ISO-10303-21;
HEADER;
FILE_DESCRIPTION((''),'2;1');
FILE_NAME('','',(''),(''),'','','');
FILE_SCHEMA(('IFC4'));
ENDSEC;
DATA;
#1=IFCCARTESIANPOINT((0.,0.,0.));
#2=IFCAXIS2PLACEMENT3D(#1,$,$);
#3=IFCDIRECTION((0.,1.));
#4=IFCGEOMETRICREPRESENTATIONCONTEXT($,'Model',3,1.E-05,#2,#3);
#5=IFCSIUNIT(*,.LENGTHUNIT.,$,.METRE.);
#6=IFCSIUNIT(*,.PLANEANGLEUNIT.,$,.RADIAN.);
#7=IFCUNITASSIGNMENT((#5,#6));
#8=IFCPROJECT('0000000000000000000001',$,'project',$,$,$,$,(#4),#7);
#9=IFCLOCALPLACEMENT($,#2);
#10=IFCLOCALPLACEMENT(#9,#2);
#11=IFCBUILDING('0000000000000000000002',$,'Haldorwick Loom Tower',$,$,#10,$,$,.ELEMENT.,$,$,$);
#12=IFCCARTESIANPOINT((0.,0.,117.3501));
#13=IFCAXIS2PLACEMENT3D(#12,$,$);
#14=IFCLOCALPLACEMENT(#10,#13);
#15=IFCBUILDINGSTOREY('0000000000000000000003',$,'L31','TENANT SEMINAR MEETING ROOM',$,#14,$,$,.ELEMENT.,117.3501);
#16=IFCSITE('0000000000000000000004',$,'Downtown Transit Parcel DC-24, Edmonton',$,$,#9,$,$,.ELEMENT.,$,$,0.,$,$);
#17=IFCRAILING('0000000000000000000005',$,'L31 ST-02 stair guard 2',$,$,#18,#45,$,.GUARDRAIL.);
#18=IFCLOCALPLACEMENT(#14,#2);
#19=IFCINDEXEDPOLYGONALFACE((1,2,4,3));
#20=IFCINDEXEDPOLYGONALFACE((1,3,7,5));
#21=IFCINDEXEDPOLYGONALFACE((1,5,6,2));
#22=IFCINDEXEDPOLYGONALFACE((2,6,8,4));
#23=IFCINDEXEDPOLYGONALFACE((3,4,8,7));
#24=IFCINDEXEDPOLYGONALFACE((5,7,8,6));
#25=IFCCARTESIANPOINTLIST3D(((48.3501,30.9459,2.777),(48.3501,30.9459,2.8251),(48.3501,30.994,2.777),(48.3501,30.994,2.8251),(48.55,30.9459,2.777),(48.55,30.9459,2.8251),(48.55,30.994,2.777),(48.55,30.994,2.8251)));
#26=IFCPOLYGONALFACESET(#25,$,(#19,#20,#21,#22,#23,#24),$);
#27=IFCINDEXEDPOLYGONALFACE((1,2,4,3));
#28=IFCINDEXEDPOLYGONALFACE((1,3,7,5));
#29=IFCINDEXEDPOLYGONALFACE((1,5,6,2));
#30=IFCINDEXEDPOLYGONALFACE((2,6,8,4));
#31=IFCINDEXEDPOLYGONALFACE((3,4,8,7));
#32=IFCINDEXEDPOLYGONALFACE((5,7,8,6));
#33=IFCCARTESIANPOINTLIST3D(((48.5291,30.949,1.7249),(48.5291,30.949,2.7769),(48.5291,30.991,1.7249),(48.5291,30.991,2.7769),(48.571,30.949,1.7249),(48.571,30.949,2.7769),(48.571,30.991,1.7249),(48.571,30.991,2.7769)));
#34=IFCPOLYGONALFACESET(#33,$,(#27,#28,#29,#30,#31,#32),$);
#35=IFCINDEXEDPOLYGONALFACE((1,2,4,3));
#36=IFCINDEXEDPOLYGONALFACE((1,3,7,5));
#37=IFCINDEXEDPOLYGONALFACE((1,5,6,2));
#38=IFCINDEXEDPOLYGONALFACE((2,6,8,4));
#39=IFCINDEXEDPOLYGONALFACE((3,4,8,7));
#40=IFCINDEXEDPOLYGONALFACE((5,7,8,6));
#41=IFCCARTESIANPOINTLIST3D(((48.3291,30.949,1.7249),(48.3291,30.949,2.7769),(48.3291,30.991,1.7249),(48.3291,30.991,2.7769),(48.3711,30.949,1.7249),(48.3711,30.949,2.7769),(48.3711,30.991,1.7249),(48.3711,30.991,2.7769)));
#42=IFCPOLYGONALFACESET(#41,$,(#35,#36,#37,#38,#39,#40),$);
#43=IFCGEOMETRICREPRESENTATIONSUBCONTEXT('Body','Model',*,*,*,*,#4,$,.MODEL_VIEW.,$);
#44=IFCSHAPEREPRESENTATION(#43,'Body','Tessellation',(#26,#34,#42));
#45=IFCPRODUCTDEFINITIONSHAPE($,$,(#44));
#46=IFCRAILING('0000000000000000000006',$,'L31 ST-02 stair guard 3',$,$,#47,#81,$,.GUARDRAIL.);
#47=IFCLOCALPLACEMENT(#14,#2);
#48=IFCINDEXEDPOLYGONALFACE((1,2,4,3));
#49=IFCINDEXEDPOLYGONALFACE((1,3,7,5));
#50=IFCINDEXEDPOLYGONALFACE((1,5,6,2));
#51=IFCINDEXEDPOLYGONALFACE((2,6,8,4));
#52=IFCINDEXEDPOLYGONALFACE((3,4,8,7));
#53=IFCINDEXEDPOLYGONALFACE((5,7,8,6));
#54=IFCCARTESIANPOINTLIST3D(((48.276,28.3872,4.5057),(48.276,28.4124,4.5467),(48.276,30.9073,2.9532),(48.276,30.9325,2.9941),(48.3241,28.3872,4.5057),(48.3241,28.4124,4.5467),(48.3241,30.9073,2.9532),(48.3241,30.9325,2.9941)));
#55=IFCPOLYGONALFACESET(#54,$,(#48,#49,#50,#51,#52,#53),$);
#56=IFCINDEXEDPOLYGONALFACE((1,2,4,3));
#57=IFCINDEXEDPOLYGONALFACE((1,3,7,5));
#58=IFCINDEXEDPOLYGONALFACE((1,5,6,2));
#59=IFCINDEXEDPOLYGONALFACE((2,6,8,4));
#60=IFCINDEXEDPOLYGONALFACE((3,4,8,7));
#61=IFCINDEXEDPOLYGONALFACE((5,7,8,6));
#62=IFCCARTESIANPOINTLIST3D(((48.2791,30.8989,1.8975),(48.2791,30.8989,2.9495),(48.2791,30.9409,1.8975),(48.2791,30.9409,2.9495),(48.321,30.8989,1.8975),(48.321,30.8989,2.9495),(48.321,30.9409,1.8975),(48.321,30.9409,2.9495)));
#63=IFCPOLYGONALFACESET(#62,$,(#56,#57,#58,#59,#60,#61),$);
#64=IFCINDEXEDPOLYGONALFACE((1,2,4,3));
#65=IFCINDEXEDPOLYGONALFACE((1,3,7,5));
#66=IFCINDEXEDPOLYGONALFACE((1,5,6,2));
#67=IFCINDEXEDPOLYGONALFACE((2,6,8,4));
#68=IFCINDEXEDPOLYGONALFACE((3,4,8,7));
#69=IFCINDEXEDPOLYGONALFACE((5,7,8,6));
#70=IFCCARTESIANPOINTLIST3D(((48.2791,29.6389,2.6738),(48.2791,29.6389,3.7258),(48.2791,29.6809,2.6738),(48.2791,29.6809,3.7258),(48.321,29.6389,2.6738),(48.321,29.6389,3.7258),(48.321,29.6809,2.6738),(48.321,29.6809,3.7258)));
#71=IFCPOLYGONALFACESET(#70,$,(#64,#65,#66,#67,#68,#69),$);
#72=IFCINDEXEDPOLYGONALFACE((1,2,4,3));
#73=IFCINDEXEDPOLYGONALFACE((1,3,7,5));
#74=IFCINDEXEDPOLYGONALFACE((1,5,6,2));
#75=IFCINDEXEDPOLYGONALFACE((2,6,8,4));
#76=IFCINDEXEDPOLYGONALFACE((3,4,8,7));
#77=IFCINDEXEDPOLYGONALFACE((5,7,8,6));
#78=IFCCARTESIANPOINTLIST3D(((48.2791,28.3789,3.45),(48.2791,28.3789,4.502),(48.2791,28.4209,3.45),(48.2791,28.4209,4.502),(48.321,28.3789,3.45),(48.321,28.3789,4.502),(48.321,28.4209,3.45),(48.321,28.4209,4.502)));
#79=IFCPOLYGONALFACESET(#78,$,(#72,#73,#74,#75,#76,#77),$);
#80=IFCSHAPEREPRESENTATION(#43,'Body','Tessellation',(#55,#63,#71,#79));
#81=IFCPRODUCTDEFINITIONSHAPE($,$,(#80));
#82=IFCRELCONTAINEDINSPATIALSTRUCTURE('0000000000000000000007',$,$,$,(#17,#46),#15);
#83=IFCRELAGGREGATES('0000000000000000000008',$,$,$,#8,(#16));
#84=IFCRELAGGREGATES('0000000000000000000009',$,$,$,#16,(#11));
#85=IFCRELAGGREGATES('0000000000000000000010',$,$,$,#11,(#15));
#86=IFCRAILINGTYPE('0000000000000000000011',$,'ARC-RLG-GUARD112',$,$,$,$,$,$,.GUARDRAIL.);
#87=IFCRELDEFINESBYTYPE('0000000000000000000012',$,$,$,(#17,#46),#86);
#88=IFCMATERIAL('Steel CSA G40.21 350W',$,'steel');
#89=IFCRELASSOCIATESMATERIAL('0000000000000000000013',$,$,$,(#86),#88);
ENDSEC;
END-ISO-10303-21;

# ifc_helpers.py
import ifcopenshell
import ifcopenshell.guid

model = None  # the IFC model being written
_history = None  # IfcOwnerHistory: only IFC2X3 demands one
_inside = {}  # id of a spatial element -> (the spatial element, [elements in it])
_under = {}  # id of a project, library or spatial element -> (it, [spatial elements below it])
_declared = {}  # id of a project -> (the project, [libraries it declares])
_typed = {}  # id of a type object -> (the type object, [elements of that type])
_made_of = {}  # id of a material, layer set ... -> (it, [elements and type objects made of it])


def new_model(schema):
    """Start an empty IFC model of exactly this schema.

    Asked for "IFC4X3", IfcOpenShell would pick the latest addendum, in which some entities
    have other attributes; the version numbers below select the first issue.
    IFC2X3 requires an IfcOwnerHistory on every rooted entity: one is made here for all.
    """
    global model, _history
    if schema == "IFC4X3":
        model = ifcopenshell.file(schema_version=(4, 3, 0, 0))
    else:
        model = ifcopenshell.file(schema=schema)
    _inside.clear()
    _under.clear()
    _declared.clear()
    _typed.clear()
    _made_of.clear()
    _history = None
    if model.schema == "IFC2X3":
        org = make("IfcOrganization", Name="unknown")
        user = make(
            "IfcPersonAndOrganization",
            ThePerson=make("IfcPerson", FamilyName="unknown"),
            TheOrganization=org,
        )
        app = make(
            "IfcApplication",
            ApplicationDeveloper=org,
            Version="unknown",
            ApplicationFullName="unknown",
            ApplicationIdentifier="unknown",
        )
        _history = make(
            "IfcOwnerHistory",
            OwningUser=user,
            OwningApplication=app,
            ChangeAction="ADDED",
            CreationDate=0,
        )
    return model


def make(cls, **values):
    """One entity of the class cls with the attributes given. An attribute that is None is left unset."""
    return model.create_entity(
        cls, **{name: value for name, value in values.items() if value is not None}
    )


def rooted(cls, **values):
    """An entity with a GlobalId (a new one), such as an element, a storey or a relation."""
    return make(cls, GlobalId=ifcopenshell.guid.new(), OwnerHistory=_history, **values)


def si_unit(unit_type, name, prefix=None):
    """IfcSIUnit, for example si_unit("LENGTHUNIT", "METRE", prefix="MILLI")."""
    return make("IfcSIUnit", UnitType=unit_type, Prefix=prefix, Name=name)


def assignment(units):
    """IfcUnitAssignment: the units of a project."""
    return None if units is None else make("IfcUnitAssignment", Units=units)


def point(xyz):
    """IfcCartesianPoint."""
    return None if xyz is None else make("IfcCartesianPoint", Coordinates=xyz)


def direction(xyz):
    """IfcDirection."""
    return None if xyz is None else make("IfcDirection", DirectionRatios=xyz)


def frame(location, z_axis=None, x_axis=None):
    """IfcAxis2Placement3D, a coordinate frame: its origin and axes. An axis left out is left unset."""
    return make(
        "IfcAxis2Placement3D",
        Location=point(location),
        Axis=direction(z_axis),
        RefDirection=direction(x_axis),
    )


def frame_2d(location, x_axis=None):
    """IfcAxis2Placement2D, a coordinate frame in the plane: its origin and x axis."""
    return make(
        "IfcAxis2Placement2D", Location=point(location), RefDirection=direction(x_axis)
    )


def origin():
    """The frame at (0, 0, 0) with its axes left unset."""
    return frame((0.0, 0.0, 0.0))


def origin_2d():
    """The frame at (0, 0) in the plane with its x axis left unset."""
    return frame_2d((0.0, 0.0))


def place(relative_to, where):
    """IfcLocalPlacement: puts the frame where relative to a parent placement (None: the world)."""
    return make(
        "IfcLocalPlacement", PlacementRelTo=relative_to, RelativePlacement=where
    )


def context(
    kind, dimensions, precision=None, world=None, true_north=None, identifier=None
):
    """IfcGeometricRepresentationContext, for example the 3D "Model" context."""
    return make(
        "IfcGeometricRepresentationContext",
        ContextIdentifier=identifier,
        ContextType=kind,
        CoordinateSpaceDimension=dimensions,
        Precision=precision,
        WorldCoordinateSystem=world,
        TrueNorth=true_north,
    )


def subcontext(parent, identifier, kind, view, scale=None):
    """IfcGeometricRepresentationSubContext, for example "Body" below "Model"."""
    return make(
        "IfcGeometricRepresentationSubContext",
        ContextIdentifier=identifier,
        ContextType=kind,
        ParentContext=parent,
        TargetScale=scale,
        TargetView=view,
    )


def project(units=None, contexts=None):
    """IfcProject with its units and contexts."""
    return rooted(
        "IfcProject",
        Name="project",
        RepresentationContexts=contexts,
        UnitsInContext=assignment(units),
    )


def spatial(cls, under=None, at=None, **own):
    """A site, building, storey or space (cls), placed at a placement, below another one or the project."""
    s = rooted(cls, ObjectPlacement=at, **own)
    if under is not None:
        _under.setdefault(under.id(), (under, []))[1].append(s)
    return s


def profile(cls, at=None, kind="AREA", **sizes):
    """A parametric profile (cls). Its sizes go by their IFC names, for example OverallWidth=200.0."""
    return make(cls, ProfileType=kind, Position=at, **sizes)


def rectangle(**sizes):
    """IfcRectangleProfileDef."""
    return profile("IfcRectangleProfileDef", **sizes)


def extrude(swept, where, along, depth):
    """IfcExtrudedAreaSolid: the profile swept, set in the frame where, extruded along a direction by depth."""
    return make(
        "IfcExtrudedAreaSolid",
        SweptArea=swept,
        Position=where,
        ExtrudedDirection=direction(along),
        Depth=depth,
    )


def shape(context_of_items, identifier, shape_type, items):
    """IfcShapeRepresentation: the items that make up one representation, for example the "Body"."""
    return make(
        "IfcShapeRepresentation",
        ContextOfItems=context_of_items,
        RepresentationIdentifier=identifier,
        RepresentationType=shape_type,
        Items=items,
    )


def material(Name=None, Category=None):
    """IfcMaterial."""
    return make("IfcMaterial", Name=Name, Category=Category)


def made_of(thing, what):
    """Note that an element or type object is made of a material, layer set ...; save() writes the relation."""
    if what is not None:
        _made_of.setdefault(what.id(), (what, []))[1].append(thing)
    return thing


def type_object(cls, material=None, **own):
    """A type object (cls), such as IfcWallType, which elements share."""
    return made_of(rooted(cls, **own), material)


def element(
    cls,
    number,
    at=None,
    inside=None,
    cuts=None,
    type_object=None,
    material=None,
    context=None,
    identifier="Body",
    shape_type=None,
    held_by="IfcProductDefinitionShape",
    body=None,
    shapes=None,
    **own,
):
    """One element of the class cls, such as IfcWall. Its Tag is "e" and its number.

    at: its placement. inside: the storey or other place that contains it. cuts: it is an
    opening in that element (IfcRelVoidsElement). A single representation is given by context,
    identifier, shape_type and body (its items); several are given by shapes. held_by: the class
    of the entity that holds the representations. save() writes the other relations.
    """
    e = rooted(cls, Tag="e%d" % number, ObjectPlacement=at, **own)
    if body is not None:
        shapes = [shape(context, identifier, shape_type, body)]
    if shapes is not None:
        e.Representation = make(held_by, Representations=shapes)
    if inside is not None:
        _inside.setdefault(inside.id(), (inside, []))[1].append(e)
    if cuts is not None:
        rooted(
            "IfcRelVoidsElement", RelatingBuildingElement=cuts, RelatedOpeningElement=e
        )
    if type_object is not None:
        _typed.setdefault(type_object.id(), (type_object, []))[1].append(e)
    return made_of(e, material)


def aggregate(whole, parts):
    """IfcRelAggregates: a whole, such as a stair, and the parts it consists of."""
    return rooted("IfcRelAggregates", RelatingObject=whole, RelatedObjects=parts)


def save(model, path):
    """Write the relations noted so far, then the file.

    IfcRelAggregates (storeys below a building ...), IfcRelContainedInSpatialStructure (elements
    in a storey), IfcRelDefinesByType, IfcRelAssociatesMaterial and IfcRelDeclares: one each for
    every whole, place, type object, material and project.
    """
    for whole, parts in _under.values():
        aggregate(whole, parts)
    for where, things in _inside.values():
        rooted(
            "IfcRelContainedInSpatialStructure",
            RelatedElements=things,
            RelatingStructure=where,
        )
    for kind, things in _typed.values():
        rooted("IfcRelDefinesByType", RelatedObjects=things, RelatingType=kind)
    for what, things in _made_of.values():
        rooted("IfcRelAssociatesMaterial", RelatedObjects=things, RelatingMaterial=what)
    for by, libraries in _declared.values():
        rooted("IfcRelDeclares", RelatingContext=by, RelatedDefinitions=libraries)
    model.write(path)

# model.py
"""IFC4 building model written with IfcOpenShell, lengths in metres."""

from ifc_helpers import new_model, si_unit, direction, frame, origin, origin_2d, place, context, subcontext, project, spatial, rectangle, extrude, material, type_object, element, save


model = new_model("IFC4")

# Units and contexts
model_context = context("Model", 3, precision=1e-05, world=origin(), true_north=direction((0.0, 1.0)))
body_context = subcontext(model_context, "Body", "Model", "MODEL_VIEW")
ifc_project = project(units=[si_unit("LENGTHUNIT", "METRE"), si_unit("PLANEANGLEUNIT", "RADIAN")], contexts=[model_context])

# Site, building, storey
site_placement = place(None, origin())
site = spatial("IfcSite", under=ifc_project, at=site_placement, Name="Downtown Transit Parcel DC-24, Edmonton", CompositionType="ELEMENT", RefElevation=0.0)
building_placement = place(site_placement, origin())
building = spatial("IfcBuilding", under=site, at=building_placement, Name="Haldorwick Loom Tower", CompositionType="ELEMENT")
storey_placement = place(building_placement, frame((0.0, 0.0, 117.3501)))
storey = spatial("IfcBuildingStorey", under=building, at=storey_placement, Name="L31", Description="TENANT SEMINAR MEETING ROOM", CompositionType="ELEMENT", Elevation=117.3501)

# Shared definitions
ifc_material_1 = material(Name="Steel CSA G40.21 350W", Category="steel")

# Railings
railing_type_1 = type_object("IfcRailingType", Name="ARC-RLG-GUARD112", PredefinedType="GUARDRAIL", material=ifc_material_1)
railing_1_placement = place(storey_placement, frame((48.55, 30.97, 1.7249)))
element("IfcRailing", 1, at=railing_1_placement, inside=storey, type_object=railing_type_1, Name="L31 ST-02 stair guard 2", PredefinedType="GUARDRAIL", context=body_context, shape_type="SweptSolid", body=[
    extrude(rectangle(XDim=0.0481, YDim=0.0481, at=origin_2d()), frame((0.0, 0.0, 1.0762), z_axis=(-1.0, 0.0, 0.0), x_axis=(0.0, -1.0, 0.0)), (0.0, 0.0, 1.0), 0.2),
    extrude(rectangle(XDim=0.042, YDim=0.042, at=origin_2d()), origin(), (0.0, 0.0, 1.0), 1.052),
    extrude(rectangle(XDim=0.042, YDim=0.042, at=origin_2d()), frame((-0.2, 0.0, 0.0)), (0.0, 0.0, 1.0), 1.052),
])
railing_2_placement = place(storey_placement, frame((48.3, 30.9199, 1.8975)))
element("IfcRailing", 2, at=railing_2_placement, inside=storey, type_object=railing_type_1, Name="L31 ST-02 stair guard 3", PredefinedType="GUARDRAIL", context=body_context, shape_type="SweptSolid", body=[
    extrude(rectangle(XDim=0.0481, YDim=0.0481, at=origin_2d()), frame((0.0, 0.0, 1.0762), z_axis=(0.0, -0.8514, 0.524516), x_axis=(1.0, 0.0, 0.0)), (0.0, 0.0, 1.0), 2.96),
    extrude(rectangle(XDim=0.042, YDim=0.042, at=origin_2d()), origin(), (0.0, 0.0, 1.0), 1.052),
    extrude(rectangle(XDim=0.042, YDim=0.042, at=origin_2d()), frame((0.0, -1.26, 0.7764)), (0.0, 0.0, 1.0), 1.052),
    extrude(rectangle(XDim=0.042, YDim=0.042, at=origin_2d()), frame((0.0, -2.52, 1.5525)), (0.0, 0.0, 1.0), 1.052),
])

save(model, "model.ifc")
